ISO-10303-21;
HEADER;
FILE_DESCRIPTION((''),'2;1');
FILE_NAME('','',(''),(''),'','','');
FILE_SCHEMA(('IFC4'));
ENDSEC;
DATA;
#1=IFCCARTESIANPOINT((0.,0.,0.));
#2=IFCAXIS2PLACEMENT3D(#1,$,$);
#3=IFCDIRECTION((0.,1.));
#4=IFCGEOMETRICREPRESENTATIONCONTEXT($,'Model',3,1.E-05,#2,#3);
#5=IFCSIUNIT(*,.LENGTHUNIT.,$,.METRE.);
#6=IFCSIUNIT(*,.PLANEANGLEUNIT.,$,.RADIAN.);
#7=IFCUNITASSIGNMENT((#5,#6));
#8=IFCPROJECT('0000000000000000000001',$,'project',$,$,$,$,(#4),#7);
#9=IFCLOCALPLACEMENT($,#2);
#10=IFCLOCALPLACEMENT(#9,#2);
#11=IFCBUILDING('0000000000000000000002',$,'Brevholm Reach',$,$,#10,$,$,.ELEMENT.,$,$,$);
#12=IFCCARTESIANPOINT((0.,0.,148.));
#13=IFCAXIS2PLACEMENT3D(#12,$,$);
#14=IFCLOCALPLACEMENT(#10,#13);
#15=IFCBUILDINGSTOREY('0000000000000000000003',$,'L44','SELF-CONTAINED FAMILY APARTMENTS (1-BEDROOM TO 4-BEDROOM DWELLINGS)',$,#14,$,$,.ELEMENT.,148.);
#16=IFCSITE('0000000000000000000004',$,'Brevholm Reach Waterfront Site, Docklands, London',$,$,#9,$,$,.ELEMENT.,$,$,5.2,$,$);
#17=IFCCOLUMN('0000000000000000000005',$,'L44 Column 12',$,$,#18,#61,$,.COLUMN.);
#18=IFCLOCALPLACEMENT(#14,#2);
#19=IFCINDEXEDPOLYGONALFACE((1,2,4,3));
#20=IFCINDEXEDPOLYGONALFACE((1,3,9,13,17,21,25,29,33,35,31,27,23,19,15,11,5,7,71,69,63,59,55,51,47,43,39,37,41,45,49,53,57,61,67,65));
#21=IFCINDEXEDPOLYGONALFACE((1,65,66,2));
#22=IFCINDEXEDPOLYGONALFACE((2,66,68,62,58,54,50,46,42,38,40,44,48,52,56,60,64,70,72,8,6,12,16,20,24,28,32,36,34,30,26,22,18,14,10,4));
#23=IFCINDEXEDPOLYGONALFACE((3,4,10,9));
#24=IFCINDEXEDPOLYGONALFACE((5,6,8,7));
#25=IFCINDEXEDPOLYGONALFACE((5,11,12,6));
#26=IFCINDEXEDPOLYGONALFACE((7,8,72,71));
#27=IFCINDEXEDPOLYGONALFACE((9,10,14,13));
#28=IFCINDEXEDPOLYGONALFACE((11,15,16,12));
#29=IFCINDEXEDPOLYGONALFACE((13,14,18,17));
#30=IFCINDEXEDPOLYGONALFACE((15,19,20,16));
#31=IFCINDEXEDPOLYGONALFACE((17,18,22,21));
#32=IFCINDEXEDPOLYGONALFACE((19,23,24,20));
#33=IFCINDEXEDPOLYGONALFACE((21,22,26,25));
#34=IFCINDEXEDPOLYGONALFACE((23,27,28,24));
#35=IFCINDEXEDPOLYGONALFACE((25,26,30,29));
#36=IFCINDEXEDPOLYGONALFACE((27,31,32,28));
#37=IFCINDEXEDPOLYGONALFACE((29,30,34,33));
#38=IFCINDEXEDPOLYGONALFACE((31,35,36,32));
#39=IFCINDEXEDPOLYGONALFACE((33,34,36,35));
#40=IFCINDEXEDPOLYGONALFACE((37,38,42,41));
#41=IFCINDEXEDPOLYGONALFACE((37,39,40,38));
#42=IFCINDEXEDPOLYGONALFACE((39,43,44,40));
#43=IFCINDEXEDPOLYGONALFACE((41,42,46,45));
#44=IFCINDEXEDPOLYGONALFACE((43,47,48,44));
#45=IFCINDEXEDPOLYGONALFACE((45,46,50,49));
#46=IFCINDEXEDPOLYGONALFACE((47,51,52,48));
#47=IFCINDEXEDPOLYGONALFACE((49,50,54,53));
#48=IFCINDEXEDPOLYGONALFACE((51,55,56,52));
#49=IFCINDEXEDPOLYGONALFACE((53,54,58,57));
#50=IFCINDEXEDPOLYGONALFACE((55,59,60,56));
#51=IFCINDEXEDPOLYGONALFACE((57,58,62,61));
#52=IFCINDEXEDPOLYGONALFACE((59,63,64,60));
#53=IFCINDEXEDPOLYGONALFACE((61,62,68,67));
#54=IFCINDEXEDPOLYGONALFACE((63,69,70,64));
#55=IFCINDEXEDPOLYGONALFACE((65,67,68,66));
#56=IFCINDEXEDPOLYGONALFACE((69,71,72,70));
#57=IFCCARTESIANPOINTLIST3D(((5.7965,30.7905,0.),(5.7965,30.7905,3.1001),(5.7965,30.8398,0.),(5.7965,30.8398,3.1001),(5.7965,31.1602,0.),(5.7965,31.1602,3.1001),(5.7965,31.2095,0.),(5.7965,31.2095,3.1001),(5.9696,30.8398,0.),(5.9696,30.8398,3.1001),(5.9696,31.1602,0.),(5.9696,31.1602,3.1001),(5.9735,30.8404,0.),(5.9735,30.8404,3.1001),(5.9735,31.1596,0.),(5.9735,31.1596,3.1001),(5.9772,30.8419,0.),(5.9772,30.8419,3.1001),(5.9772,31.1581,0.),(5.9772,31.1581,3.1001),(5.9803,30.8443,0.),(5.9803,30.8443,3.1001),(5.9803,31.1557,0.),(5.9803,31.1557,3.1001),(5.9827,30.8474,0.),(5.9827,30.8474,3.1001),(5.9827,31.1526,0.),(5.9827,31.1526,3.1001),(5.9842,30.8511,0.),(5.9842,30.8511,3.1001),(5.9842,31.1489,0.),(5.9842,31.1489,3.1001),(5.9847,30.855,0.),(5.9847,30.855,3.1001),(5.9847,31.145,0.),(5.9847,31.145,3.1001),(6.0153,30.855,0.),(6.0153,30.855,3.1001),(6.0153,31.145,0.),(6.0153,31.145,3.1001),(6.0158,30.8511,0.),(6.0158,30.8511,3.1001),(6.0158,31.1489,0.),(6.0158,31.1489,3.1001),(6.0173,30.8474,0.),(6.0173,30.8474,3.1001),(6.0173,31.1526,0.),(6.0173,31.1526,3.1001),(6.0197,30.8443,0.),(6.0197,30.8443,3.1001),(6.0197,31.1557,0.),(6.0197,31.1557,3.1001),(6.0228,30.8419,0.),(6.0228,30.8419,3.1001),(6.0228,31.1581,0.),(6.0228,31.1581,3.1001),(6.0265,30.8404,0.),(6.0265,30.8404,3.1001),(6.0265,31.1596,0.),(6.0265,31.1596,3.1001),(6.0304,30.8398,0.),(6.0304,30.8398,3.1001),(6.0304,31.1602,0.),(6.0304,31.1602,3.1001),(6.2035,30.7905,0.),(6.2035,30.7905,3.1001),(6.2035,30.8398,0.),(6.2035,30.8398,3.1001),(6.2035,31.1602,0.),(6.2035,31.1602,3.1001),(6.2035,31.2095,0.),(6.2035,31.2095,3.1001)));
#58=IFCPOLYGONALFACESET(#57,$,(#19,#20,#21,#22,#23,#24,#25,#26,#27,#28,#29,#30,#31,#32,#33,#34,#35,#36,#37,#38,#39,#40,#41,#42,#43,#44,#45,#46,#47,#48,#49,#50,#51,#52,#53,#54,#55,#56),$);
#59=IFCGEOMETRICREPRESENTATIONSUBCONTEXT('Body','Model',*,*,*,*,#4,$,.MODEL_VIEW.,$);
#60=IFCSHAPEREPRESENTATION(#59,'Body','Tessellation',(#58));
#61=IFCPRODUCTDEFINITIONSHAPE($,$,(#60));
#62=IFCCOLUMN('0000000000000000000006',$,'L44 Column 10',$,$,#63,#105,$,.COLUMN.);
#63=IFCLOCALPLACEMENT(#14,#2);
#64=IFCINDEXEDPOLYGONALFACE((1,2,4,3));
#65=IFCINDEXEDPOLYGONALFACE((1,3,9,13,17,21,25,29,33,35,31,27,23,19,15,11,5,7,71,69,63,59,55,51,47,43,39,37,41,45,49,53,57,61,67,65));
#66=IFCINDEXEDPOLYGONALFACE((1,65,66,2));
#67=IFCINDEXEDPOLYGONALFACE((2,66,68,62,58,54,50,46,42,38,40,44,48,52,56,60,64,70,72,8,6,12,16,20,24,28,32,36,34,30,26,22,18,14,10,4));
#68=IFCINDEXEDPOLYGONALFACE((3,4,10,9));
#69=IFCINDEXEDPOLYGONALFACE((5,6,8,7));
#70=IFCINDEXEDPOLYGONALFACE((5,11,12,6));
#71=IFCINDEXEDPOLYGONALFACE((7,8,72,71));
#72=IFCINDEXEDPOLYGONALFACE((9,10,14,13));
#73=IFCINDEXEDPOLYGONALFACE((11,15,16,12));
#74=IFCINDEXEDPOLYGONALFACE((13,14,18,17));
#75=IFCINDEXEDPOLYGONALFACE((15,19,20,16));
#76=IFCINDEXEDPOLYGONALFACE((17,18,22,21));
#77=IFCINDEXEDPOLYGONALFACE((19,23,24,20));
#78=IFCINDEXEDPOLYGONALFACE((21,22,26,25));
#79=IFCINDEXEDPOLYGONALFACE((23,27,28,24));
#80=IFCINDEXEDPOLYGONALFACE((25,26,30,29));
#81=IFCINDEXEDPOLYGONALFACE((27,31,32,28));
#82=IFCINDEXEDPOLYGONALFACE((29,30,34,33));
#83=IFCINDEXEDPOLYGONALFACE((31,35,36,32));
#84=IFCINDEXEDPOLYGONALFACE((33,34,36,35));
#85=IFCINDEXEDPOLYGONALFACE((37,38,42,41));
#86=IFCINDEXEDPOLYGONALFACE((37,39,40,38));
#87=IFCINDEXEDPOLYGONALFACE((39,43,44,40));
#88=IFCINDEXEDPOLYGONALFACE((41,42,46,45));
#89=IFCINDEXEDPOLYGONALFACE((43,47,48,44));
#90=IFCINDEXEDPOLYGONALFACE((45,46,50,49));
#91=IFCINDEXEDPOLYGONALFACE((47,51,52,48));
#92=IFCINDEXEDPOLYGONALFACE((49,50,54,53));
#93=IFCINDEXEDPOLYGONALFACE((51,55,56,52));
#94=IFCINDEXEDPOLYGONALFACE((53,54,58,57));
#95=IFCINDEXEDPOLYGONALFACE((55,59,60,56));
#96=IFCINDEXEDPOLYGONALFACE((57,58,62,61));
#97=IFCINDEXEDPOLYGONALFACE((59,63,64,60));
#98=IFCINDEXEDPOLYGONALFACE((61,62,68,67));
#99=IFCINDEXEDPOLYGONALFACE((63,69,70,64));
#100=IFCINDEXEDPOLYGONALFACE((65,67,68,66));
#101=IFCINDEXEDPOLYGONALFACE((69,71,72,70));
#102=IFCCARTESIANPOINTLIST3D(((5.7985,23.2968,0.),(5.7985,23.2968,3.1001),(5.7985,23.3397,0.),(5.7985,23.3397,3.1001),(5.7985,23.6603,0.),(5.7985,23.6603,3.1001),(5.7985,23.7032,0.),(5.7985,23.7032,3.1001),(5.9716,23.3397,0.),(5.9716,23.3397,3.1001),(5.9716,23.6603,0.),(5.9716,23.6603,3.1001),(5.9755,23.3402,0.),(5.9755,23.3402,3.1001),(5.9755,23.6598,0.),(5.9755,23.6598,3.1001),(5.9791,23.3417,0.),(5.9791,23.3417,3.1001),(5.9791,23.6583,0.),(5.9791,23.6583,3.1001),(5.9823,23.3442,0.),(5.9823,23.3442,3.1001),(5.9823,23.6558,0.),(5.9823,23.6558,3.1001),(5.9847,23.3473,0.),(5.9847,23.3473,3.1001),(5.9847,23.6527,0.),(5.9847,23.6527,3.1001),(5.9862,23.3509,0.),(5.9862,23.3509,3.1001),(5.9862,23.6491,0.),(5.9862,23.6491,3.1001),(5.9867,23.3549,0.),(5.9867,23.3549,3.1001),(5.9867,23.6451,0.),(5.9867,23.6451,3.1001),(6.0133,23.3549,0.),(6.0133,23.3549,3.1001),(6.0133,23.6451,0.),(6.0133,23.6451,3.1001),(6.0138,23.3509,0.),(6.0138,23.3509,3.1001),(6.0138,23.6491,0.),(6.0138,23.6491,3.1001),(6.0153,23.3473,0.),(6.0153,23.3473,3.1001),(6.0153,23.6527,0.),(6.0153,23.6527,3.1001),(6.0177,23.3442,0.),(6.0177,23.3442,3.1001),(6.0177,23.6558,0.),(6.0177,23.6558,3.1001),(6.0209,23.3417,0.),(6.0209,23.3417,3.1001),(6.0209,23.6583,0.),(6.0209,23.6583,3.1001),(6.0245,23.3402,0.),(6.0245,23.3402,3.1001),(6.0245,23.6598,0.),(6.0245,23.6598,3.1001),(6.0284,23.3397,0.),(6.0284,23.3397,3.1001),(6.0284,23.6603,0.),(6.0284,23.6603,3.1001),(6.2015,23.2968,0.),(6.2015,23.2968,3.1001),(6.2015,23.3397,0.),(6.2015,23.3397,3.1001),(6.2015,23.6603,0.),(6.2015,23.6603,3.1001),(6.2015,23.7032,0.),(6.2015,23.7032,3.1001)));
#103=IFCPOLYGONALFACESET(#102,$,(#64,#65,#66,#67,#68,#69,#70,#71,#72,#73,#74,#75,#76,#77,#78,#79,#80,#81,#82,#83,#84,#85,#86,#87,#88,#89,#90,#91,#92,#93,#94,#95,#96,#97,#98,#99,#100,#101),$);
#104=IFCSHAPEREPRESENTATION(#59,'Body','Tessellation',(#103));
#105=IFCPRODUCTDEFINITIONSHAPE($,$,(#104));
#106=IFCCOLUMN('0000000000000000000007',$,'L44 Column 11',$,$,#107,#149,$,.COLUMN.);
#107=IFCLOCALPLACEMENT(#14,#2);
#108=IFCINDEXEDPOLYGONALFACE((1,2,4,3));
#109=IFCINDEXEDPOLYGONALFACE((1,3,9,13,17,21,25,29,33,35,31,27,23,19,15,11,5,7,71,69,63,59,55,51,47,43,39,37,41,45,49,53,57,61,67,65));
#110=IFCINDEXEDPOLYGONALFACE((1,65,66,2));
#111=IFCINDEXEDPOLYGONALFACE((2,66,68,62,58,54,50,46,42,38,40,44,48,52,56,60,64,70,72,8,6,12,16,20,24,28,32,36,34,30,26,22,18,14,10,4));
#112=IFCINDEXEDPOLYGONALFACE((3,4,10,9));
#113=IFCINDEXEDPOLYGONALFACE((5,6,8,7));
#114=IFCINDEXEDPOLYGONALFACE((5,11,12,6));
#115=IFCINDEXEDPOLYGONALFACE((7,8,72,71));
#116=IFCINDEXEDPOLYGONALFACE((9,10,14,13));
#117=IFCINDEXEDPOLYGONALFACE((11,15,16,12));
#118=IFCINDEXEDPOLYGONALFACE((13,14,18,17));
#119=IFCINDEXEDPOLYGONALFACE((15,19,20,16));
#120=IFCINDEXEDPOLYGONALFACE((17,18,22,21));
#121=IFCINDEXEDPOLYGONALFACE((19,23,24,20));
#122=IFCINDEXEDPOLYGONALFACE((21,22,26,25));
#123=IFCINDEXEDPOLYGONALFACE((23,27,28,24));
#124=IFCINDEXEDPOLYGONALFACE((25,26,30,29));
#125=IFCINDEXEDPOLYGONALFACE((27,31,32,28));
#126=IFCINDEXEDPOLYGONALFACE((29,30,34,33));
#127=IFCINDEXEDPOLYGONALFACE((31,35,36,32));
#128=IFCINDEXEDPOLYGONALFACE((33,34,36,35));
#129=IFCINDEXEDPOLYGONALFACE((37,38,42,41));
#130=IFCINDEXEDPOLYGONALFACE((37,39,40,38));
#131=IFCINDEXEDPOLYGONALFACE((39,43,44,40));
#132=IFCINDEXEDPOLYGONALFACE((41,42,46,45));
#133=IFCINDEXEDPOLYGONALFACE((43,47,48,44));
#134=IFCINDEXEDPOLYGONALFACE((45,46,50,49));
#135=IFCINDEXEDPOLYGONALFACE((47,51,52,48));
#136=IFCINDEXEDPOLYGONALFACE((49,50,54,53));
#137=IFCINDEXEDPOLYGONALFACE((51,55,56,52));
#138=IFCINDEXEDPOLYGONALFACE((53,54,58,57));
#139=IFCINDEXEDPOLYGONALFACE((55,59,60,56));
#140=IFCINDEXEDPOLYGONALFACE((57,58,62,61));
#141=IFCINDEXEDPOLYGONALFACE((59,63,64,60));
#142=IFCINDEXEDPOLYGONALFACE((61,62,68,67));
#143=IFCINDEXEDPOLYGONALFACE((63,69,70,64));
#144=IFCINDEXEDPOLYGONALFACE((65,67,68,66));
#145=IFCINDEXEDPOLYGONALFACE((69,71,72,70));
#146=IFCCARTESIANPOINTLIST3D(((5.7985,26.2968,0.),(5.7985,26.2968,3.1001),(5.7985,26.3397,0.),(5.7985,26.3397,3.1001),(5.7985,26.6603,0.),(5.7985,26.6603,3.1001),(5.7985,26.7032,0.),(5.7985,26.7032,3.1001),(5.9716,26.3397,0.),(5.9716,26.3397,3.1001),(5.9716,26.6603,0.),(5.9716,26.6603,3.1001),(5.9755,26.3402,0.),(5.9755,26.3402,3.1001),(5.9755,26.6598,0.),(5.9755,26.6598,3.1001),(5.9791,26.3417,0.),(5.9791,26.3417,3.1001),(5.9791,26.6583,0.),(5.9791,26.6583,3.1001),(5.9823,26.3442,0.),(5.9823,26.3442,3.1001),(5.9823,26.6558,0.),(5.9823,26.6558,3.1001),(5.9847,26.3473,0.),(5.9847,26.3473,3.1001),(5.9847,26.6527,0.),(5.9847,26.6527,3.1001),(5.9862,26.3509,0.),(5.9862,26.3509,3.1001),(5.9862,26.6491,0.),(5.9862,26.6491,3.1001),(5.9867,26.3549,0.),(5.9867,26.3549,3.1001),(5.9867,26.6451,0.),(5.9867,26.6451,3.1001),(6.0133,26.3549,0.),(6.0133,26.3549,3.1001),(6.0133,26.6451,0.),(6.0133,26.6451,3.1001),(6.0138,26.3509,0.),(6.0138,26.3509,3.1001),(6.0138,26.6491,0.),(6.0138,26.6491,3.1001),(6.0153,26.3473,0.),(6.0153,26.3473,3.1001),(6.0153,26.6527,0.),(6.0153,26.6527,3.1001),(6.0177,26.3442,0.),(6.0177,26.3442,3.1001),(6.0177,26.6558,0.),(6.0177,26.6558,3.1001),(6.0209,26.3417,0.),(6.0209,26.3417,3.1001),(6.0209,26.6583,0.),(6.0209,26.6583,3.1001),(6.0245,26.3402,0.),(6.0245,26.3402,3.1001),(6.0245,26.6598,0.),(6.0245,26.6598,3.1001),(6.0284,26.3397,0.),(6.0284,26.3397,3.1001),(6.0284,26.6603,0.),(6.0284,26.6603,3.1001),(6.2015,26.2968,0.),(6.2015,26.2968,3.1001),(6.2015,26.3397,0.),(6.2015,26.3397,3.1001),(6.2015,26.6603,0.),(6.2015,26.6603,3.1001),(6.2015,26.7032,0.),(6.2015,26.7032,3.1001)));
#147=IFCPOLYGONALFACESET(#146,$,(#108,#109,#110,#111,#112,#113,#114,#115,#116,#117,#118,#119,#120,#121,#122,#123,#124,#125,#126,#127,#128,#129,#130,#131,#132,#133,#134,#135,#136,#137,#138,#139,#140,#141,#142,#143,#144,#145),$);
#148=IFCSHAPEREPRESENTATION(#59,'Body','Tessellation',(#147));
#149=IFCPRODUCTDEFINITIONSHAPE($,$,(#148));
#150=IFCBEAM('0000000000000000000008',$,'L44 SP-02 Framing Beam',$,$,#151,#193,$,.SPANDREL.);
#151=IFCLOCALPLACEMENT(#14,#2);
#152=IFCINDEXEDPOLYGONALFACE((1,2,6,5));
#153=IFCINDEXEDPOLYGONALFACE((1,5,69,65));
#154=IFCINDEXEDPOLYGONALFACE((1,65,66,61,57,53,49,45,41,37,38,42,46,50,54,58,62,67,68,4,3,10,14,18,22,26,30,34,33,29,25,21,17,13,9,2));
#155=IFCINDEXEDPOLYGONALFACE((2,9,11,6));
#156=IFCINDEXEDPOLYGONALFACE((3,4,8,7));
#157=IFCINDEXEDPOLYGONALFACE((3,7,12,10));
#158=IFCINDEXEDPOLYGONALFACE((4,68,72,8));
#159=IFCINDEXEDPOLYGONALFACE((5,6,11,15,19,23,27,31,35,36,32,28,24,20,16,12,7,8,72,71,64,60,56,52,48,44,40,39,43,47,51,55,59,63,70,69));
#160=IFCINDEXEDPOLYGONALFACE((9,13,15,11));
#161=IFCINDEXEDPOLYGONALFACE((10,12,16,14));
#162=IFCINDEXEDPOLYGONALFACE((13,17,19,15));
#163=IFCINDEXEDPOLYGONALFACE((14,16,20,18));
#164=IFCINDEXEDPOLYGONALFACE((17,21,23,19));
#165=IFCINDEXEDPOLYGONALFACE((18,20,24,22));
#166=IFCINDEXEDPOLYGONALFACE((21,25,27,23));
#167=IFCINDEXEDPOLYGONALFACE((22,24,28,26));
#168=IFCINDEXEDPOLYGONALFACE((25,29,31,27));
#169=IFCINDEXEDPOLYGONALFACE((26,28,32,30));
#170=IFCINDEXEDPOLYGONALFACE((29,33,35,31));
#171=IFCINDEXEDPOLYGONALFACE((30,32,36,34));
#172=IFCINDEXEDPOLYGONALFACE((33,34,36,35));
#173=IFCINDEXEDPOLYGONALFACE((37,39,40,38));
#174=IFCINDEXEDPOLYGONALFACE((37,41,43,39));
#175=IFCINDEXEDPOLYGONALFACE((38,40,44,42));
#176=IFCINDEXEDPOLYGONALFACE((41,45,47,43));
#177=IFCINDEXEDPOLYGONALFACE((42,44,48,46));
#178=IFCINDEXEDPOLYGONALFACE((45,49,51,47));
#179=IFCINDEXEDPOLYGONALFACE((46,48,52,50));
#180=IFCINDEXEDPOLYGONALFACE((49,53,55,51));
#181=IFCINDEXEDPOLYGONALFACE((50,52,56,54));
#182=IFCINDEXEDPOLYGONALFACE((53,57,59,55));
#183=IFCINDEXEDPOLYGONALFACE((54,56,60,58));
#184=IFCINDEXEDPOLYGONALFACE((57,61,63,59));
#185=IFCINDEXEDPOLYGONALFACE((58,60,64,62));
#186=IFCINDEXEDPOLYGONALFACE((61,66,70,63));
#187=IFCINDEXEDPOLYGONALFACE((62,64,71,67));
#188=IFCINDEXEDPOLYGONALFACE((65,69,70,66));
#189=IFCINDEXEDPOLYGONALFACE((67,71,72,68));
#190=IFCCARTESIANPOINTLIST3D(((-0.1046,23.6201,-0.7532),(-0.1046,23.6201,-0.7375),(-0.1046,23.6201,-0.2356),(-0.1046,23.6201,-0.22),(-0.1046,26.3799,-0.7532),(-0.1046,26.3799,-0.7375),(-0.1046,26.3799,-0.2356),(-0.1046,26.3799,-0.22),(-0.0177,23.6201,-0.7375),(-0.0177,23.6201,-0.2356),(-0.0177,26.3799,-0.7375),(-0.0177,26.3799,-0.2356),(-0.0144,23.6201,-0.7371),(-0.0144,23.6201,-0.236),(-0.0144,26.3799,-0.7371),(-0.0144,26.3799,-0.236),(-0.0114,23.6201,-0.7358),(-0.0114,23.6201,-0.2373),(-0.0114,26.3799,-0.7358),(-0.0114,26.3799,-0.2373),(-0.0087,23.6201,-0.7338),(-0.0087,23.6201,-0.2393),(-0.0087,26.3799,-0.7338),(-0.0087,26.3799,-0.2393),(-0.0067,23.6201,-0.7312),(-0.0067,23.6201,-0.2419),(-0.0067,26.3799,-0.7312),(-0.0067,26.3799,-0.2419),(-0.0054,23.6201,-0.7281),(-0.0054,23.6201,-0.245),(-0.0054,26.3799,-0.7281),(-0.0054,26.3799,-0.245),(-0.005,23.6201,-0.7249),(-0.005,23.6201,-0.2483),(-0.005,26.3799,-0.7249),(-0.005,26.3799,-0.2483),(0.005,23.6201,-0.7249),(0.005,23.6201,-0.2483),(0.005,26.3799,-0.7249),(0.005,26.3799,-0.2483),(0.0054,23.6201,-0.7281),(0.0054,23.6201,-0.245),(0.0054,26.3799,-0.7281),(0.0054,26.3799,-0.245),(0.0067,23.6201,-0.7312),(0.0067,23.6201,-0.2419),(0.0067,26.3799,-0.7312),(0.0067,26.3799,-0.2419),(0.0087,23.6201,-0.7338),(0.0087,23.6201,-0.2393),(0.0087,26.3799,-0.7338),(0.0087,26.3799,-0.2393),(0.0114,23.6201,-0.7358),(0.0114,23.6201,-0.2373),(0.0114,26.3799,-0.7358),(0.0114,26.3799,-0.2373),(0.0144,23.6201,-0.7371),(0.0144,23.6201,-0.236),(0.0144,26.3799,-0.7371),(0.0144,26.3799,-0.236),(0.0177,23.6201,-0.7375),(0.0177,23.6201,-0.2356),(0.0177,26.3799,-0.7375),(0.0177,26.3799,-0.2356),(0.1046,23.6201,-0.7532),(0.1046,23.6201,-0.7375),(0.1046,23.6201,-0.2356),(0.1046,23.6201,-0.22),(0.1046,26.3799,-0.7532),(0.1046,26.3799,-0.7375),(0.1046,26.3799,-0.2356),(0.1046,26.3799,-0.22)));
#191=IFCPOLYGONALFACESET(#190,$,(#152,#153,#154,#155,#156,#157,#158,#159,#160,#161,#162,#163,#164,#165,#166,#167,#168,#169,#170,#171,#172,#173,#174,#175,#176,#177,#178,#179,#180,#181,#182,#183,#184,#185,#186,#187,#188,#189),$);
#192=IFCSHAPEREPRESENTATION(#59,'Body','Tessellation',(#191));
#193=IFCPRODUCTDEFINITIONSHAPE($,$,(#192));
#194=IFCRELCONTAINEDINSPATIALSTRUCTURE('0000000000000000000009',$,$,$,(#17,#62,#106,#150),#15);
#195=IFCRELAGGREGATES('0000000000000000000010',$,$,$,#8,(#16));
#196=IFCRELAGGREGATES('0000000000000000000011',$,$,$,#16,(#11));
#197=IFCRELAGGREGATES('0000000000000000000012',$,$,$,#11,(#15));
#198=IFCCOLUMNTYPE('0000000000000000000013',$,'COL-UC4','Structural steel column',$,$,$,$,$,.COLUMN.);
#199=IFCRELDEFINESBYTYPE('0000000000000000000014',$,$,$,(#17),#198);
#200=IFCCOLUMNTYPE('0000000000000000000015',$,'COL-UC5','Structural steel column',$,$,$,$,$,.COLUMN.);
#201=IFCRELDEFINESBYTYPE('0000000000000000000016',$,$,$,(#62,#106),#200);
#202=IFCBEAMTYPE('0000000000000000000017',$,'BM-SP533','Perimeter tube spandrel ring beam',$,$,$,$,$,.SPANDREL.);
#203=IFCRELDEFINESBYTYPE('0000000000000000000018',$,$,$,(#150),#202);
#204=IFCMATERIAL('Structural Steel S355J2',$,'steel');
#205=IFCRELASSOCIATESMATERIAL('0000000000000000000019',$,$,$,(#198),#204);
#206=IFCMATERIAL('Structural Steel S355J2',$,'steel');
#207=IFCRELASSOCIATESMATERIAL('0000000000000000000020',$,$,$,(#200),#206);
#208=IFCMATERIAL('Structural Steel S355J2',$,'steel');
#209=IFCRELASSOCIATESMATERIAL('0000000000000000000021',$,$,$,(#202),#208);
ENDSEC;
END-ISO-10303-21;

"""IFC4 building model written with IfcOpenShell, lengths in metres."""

from ifc_helpers import new_model, si_unit, direction, frame, origin, origin_2d, place, context, subcontext, project, spatial, i_section, extrude, material, material_profile, profile_set, type_object, element, save


model = new_model("IFC4")

# Units and contexts
model_context = context("Model", 3, precision=1e-05, world=origin(), true_north=direction((0.0, 1.0)))
body_context = subcontext(model_context, "Body", "Model", "MODEL_VIEW")
ifc_project = project(units=[si_unit("LENGTHUNIT", "METRE"), si_unit("PLANEANGLEUNIT", "RADIAN")], contexts=[model_context])

# Site, building, storey
site_placement = place(None, origin())
site = spatial("IfcSite", under=ifc_project, at=site_placement, Name="Brevholm Reach Waterfront Site, Docklands, London", CompositionType="ELEMENT", RefElevation=5.2)
building_placement = place(site_placement, origin())
building = spatial("IfcBuilding", under=site, at=building_placement, Name="Brevholm Reach", CompositionType="ELEMENT")
storey_placement = place(building_placement, frame((0.0, 0.0, 148.0)))
storey = spatial("IfcBuildingStorey", under=building, at=storey_placement, Name="L44", Description="SELF-CONTAINED FAMILY APARTMENTS (1-BEDROOM TO 4-BEDROOM DWELLINGS)", CompositionType="ELEMENT", Elevation=148.0)

# Columns
ifc_material_1 = material(Name="Structural Steel S355J2", Category="steel")
ifc_material_profile_1 = material_profile(ifc_material_1, i_section(OverallWidth=0.407, OverallDepth=0.4189, WebThickness=0.0305, FlangeThickness=0.0493, FilletRadius=0.0151, at=origin_2d()), Name="UKC 356x406x393")
ifc_profile_set_1 = profile_set([ifc_material_profile_1], Name="Structural Steel S355J2")
column_type_1 = type_object("IfcColumnType", Name="COL-UC4", Description="Structural steel column", PredefinedType="COLUMN", material=ifc_profile_set_1)
for number, where, z_axis, x_axis, name in (
    (1, (6.0, 31.0, 0.0), (0.0, 0.0, 1.0), (1.0, 0.0, 0.0), "L44 Column 12"),
):
    element("IfcColumn", number, at=place(storey_placement, frame(where, z_axis=z_axis, x_axis=x_axis)), inside=storey, type_object=column_type_1, Name=name, PredefinedType="COLUMN", context=body_context, shape_type="SweptSolid", body=[
        extrude(i_section(OverallWidth=0.407, OverallDepth=0.4189, WebThickness=0.0305, FlangeThickness=0.0493, FilletRadius=0.0151, at=origin_2d()), origin(), (0.0, 0.0, 1.0), 3.1001),
    ])
ifc_material_2 = material(Name="Structural Steel S355J2", Category="steel")
ifc_material_profile_2 = material_profile(ifc_material_2, i_section(OverallWidth=0.4031, OverallDepth=0.4065, WebThickness=0.0266, FlangeThickness=0.043, FilletRadius=0.0151, at=origin_2d()), Name="UKC 356x406x340")
ifc_profile_set_2 = profile_set([ifc_material_profile_2], Name="Structural Steel S355J2")
column_type_2 = type_object("IfcColumnType", Name="COL-UC5", Description="Structural steel column", PredefinedType="COLUMN", material=ifc_profile_set_2)
for number, where, z_axis, x_axis, name in (
    (2, (6.0, 23.5, 0.0), (0.0, 0.0, 1.0), (1.0, 0.0, 0.0), "L44 Column 10"),
    (3, (6.0, 26.5, 0.0), (0.0, 0.0, 1.0), (1.0, 0.0, 0.0), "L44 Column 11"),
):
    element("IfcColumn", number, at=place(storey_placement, frame(where, z_axis=z_axis, x_axis=x_axis)), inside=storey, type_object=column_type_2, Name=name, PredefinedType="COLUMN", context=body_context, shape_type="SweptSolid", body=[
        extrude(i_section(OverallWidth=0.4031, OverallDepth=0.4065, WebThickness=0.0266, FlangeThickness=0.043, FilletRadius=0.0151, at=origin_2d()), origin(), (0.0, 0.0, 1.0), 3.1001),
    ])

# Beam
ifc_material_3 = material(Name="Structural Steel S355J2", Category="steel")
ifc_material_profile_3 = material_profile(ifc_material_3, i_section(OverallWidth=0.2092, OverallDepth=0.5332, WebThickness=0.01, FlangeThickness=0.0156, FilletRadius=0.0127, at=origin_2d()), Name="UKB 533x210x92")
ifc_profile_set_3 = profile_set([ifc_material_profile_3], Name="Structural Steel S355J2")
beam_type_1 = type_object("IfcBeamType", Name="BM-SP533", Description="Perimeter tube spandrel ring beam", PredefinedType="SPANDREL", material=ifc_profile_set_3)
beam_1_placement = place(storey_placement, frame((0.0, 23.6201, -0.4866), z_axis=(0.0, 1.0, 0.0), x_axis=(-1.0, 0.0, 0.0)))
element("IfcBeam", 4, at=beam_1_placement, inside=storey, type_object=beam_type_1, Name="L44 SP-02 Framing Beam", PredefinedType="SPANDREL", context=body_context, shape_type="SweptSolid", body=[
    extrude(i_section(OverallWidth=0.2092, OverallDepth=0.5332, WebThickness=0.01, FlangeThickness=0.0156, FilletRadius=0.0127, at=origin_2d()), origin(), (0.0, 0.0, 1.0), 2.7598),
])

save(model, "model.ifc")
